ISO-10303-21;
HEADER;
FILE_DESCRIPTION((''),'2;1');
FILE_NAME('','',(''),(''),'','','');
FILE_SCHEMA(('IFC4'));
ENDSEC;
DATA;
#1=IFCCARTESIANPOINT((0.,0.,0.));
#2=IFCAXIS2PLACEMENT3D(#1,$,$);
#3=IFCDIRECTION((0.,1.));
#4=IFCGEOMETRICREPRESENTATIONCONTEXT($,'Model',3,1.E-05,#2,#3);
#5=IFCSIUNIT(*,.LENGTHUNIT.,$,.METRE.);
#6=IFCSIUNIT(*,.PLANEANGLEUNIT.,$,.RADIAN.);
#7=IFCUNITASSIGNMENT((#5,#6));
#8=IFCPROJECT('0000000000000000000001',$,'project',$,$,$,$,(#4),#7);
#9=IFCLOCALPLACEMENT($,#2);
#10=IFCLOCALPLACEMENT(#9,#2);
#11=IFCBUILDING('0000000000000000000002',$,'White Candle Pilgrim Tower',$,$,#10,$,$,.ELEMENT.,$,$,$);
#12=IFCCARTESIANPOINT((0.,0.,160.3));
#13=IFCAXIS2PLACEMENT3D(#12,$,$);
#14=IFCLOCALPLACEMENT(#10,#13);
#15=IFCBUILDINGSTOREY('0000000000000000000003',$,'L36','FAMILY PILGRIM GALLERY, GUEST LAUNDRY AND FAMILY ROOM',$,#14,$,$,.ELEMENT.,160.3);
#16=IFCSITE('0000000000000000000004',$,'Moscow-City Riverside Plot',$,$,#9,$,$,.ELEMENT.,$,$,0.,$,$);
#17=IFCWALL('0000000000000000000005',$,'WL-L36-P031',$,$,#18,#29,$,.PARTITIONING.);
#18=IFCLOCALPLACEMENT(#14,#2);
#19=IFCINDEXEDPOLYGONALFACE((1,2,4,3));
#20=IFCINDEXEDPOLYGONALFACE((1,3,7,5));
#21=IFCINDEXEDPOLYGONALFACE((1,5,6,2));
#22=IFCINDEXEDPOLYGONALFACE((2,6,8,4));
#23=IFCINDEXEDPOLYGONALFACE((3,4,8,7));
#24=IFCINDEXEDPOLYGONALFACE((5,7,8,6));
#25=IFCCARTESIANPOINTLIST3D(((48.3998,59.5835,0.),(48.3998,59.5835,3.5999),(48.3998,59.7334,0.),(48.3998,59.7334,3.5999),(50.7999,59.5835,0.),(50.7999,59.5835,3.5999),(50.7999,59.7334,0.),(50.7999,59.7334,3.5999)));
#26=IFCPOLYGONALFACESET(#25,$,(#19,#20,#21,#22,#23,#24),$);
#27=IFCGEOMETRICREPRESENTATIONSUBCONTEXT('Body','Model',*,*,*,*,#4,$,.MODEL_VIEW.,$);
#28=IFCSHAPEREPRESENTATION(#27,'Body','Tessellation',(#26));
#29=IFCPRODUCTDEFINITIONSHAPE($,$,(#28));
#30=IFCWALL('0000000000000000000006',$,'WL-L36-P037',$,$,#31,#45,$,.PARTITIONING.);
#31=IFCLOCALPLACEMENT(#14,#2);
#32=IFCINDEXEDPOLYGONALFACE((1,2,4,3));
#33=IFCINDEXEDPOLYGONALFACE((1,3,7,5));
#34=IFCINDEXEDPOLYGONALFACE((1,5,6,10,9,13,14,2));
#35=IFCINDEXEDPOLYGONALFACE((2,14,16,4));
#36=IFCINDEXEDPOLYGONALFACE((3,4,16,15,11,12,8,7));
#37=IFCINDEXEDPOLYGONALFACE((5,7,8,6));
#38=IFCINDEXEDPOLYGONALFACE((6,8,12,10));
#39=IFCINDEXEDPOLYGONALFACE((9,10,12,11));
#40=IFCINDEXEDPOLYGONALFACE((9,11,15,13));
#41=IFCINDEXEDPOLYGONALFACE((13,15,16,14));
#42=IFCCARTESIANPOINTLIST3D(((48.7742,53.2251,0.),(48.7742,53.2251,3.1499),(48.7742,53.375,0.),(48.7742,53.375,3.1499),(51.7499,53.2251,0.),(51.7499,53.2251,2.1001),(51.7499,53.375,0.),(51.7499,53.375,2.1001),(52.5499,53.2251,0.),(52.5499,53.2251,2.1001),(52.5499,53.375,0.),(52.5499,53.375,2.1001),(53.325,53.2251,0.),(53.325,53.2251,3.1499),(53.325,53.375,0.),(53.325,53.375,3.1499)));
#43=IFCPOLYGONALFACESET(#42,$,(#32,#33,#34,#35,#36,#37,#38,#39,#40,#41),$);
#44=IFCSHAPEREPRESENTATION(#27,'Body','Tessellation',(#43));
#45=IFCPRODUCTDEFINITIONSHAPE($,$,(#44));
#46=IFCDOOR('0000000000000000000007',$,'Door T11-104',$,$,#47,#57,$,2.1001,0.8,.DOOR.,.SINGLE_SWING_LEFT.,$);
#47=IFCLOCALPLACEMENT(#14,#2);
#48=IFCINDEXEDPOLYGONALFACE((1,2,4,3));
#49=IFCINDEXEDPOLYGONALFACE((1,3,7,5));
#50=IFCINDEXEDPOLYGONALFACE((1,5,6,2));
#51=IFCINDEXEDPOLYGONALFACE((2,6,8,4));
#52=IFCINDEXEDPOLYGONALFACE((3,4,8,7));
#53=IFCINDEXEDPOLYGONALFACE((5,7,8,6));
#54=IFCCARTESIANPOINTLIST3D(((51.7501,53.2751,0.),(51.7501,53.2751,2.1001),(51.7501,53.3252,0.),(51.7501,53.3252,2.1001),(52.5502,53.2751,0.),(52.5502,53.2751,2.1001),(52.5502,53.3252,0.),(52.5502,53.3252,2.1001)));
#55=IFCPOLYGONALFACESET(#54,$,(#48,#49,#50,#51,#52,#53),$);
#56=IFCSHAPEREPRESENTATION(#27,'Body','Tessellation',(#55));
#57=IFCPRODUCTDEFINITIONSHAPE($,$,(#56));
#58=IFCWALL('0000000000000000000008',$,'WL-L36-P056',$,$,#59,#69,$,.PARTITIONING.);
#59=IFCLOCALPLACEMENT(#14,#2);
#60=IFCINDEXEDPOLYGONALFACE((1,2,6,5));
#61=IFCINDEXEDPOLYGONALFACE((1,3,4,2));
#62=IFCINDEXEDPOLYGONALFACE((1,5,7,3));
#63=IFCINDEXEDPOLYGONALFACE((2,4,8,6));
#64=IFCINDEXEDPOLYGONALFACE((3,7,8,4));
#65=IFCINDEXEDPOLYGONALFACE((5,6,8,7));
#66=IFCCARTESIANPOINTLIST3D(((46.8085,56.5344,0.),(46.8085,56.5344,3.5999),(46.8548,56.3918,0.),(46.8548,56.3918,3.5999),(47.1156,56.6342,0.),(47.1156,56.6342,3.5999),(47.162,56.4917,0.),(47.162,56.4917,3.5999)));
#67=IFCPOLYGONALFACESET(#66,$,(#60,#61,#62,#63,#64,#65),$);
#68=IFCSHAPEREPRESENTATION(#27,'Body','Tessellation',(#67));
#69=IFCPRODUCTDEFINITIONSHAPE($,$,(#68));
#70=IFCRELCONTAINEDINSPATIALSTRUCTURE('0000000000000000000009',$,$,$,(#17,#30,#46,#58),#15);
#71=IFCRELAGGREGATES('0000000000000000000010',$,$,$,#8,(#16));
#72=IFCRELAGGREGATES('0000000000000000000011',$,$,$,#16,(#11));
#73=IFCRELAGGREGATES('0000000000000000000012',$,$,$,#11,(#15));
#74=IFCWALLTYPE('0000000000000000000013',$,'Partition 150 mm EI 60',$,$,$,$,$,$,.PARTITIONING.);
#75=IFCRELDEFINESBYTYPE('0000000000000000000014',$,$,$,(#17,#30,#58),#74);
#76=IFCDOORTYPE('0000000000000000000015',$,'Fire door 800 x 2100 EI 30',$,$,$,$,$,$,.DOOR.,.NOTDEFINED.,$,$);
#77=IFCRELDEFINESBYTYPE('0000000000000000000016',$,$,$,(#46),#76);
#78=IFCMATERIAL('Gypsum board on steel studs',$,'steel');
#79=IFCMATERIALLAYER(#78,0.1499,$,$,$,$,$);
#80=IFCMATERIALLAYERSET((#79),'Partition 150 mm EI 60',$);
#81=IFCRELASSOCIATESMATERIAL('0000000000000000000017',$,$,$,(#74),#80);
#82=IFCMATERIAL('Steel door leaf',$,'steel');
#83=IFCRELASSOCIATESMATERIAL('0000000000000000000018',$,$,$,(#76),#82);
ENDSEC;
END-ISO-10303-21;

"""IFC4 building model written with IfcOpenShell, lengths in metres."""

from ifc_helpers import new_model, si_unit, direction, frame, frame_2d, origin, place, context, subcontext, project, spatial, rectangle, extrude, material, layer, layer_set, type_object, element, fill, save


model = new_model("IFC4")

# Units and contexts
model_context = context("Model", 3, precision=1e-05, world=origin(), true_north=direction((0.0, 1.0)))
body_context = subcontext(model_context, "Body", "Model", "MODEL_VIEW")
ifc_project = project(units=[si_unit("LENGTHUNIT", "METRE"), si_unit("PLANEANGLEUNIT", "RADIAN")], contexts=[model_context])

# Site, building, storey
site_placement = place(None, origin())
site = spatial("IfcSite", under=ifc_project, at=site_placement, Name="Moscow-City Riverside Plot", CompositionType="ELEMENT", RefElevation=0.0)
building_placement = place(site_placement, origin())
building = spatial("IfcBuilding", under=site, at=building_placement, Name="White Candle Pilgrim Tower", CompositionType="ELEMENT")
storey_placement = place(building_placement, frame((0.0, 0.0, 160.3)))
storey = spatial("IfcBuildingStorey", under=building, at=storey_placement, Name="L36", Description="FAMILY PILGRIM GALLERY, GUEST LAUNDRY AND FAMILY ROOM", CompositionType="ELEMENT", Elevation=160.3)

# Wall
ifc_material_1 = material(Name="Gypsum board on steel studs", Category="steel")
ifc_layer_1 = layer(ifc_material_1, 0.1499)
ifc_layer_set_1 = layer_set([ifc_layer_1], Name="Partition 150 mm EI 60")
wall_type_1 = type_object("IfcWallType", Name="Partition 150 mm EI 60", PredefinedType="PARTITIONING", material=ifc_layer_set_1)
wall_1_placement = place(storey_placement, frame((50.8, 59.6584, 0.0), z_axis=(0.0, 0.0, 1.0), x_axis=(-1.0, 0.0, 0.0)))
element("IfcWall", 1, at=wall_1_placement, inside=storey, type_object=wall_type_1, Name="WL-L36-P031", PredefinedType="PARTITIONING", context=body_context, shape_type="SweptSolid", body=[
    extrude(rectangle(XDim=2.4001, YDim=0.1499, at=frame_2d((1.2002, 0.0))), origin(), (0.0, 0.0, 1.0), 3.5999),
])

# Wall, opening, door
wall_2_placement = place(storey_placement, frame((48.7742, 53.3, 0.0), z_axis=(0.0, 0.0, 1.0), x_axis=(1.0, 0.0, 0.0)))
wall_2 = element("IfcWall", 2, at=wall_2_placement, inside=storey, type_object=wall_type_1, Name="WL-L36-P037", PredefinedType="PARTITIONING", context=body_context, shape_type="SweptSolid", body=[
    extrude(rectangle(XDim=4.5508, YDim=0.1499, at=frame_2d((2.2754, 0.0))), origin(), (0.0, 0.0, 1.0), 3.1499),
])
opening_1_placement = place(wall_2_placement, frame((2.9758, 0.0, 0.0)))
opening_1 = element("IfcOpeningElement", 3, at=opening_1_placement, cuts=wall_2, PredefinedType="OPENING", context=body_context, shape_type="SweptSolid", body=[
    extrude(rectangle(XDim=0.8, YDim=2.1001, at=frame_2d((0.3999, 1.05))), frame((0.0, 0.085, 0.0), z_axis=(0.0, -1.0, 0.0), x_axis=(1.0, 0.0, 0.0)), (0.0, 0.0, 1.0), 0.1699),
])
ifc_material_2 = material(Name="Steel door leaf", Category="steel")
door_type = type_object("IfcDoorType", Name="Fire door 800 x 2100 EI 30", OperationType="NOTDEFINED", PredefinedType="DOOR", material=ifc_material_2)
door_placement = place(opening_1_placement, frame((0.8, 0.0, 0.0), z_axis=(0.0, 0.0, 1.0), x_axis=(-1.0, 0.0, 0.0)))
door = element("IfcDoor", 4, at=door_placement, inside=storey, type_object=door_type, Name="Door T11-104", OperationType="SINGLE_SWING_LEFT", OverallHeight=2.1001, OverallWidth=0.8, PredefinedType="DOOR", context=body_context, shape_type="SweptSolid", body=[
    extrude(rectangle(XDim=0.8, YDim=2.1001, at=frame_2d((0.3999, 1.05))), frame((0.0, 0.0249, 0.0), z_axis=(0.0, -1.0, 0.0), x_axis=(1.0, 0.0, 0.0)), (0.0, 0.0, 1.0), 0.05),
])
fill(opening_1, door)

# Wall
wall_3_placement = place(storey_placement, frame((47.1389, 56.563, 0.0), z_axis=(0.0, 0.0, 1.0), x_axis=(-0.951001, -0.309189, 0.0)))
element("IfcWall", 5, at=wall_3_placement, inside=storey, type_object=wall_type_1, Name="WL-L36-P056", PredefinedType="PARTITIONING", context=body_context, shape_type="SweptSolid", body=[
    extrude(rectangle(XDim=0.323, YDim=0.1499, at=frame_2d((0.1616, 0.0))), origin(), (0.0, 0.0, 1.0), 3.5999),
])

save(model, "model.ifc")
